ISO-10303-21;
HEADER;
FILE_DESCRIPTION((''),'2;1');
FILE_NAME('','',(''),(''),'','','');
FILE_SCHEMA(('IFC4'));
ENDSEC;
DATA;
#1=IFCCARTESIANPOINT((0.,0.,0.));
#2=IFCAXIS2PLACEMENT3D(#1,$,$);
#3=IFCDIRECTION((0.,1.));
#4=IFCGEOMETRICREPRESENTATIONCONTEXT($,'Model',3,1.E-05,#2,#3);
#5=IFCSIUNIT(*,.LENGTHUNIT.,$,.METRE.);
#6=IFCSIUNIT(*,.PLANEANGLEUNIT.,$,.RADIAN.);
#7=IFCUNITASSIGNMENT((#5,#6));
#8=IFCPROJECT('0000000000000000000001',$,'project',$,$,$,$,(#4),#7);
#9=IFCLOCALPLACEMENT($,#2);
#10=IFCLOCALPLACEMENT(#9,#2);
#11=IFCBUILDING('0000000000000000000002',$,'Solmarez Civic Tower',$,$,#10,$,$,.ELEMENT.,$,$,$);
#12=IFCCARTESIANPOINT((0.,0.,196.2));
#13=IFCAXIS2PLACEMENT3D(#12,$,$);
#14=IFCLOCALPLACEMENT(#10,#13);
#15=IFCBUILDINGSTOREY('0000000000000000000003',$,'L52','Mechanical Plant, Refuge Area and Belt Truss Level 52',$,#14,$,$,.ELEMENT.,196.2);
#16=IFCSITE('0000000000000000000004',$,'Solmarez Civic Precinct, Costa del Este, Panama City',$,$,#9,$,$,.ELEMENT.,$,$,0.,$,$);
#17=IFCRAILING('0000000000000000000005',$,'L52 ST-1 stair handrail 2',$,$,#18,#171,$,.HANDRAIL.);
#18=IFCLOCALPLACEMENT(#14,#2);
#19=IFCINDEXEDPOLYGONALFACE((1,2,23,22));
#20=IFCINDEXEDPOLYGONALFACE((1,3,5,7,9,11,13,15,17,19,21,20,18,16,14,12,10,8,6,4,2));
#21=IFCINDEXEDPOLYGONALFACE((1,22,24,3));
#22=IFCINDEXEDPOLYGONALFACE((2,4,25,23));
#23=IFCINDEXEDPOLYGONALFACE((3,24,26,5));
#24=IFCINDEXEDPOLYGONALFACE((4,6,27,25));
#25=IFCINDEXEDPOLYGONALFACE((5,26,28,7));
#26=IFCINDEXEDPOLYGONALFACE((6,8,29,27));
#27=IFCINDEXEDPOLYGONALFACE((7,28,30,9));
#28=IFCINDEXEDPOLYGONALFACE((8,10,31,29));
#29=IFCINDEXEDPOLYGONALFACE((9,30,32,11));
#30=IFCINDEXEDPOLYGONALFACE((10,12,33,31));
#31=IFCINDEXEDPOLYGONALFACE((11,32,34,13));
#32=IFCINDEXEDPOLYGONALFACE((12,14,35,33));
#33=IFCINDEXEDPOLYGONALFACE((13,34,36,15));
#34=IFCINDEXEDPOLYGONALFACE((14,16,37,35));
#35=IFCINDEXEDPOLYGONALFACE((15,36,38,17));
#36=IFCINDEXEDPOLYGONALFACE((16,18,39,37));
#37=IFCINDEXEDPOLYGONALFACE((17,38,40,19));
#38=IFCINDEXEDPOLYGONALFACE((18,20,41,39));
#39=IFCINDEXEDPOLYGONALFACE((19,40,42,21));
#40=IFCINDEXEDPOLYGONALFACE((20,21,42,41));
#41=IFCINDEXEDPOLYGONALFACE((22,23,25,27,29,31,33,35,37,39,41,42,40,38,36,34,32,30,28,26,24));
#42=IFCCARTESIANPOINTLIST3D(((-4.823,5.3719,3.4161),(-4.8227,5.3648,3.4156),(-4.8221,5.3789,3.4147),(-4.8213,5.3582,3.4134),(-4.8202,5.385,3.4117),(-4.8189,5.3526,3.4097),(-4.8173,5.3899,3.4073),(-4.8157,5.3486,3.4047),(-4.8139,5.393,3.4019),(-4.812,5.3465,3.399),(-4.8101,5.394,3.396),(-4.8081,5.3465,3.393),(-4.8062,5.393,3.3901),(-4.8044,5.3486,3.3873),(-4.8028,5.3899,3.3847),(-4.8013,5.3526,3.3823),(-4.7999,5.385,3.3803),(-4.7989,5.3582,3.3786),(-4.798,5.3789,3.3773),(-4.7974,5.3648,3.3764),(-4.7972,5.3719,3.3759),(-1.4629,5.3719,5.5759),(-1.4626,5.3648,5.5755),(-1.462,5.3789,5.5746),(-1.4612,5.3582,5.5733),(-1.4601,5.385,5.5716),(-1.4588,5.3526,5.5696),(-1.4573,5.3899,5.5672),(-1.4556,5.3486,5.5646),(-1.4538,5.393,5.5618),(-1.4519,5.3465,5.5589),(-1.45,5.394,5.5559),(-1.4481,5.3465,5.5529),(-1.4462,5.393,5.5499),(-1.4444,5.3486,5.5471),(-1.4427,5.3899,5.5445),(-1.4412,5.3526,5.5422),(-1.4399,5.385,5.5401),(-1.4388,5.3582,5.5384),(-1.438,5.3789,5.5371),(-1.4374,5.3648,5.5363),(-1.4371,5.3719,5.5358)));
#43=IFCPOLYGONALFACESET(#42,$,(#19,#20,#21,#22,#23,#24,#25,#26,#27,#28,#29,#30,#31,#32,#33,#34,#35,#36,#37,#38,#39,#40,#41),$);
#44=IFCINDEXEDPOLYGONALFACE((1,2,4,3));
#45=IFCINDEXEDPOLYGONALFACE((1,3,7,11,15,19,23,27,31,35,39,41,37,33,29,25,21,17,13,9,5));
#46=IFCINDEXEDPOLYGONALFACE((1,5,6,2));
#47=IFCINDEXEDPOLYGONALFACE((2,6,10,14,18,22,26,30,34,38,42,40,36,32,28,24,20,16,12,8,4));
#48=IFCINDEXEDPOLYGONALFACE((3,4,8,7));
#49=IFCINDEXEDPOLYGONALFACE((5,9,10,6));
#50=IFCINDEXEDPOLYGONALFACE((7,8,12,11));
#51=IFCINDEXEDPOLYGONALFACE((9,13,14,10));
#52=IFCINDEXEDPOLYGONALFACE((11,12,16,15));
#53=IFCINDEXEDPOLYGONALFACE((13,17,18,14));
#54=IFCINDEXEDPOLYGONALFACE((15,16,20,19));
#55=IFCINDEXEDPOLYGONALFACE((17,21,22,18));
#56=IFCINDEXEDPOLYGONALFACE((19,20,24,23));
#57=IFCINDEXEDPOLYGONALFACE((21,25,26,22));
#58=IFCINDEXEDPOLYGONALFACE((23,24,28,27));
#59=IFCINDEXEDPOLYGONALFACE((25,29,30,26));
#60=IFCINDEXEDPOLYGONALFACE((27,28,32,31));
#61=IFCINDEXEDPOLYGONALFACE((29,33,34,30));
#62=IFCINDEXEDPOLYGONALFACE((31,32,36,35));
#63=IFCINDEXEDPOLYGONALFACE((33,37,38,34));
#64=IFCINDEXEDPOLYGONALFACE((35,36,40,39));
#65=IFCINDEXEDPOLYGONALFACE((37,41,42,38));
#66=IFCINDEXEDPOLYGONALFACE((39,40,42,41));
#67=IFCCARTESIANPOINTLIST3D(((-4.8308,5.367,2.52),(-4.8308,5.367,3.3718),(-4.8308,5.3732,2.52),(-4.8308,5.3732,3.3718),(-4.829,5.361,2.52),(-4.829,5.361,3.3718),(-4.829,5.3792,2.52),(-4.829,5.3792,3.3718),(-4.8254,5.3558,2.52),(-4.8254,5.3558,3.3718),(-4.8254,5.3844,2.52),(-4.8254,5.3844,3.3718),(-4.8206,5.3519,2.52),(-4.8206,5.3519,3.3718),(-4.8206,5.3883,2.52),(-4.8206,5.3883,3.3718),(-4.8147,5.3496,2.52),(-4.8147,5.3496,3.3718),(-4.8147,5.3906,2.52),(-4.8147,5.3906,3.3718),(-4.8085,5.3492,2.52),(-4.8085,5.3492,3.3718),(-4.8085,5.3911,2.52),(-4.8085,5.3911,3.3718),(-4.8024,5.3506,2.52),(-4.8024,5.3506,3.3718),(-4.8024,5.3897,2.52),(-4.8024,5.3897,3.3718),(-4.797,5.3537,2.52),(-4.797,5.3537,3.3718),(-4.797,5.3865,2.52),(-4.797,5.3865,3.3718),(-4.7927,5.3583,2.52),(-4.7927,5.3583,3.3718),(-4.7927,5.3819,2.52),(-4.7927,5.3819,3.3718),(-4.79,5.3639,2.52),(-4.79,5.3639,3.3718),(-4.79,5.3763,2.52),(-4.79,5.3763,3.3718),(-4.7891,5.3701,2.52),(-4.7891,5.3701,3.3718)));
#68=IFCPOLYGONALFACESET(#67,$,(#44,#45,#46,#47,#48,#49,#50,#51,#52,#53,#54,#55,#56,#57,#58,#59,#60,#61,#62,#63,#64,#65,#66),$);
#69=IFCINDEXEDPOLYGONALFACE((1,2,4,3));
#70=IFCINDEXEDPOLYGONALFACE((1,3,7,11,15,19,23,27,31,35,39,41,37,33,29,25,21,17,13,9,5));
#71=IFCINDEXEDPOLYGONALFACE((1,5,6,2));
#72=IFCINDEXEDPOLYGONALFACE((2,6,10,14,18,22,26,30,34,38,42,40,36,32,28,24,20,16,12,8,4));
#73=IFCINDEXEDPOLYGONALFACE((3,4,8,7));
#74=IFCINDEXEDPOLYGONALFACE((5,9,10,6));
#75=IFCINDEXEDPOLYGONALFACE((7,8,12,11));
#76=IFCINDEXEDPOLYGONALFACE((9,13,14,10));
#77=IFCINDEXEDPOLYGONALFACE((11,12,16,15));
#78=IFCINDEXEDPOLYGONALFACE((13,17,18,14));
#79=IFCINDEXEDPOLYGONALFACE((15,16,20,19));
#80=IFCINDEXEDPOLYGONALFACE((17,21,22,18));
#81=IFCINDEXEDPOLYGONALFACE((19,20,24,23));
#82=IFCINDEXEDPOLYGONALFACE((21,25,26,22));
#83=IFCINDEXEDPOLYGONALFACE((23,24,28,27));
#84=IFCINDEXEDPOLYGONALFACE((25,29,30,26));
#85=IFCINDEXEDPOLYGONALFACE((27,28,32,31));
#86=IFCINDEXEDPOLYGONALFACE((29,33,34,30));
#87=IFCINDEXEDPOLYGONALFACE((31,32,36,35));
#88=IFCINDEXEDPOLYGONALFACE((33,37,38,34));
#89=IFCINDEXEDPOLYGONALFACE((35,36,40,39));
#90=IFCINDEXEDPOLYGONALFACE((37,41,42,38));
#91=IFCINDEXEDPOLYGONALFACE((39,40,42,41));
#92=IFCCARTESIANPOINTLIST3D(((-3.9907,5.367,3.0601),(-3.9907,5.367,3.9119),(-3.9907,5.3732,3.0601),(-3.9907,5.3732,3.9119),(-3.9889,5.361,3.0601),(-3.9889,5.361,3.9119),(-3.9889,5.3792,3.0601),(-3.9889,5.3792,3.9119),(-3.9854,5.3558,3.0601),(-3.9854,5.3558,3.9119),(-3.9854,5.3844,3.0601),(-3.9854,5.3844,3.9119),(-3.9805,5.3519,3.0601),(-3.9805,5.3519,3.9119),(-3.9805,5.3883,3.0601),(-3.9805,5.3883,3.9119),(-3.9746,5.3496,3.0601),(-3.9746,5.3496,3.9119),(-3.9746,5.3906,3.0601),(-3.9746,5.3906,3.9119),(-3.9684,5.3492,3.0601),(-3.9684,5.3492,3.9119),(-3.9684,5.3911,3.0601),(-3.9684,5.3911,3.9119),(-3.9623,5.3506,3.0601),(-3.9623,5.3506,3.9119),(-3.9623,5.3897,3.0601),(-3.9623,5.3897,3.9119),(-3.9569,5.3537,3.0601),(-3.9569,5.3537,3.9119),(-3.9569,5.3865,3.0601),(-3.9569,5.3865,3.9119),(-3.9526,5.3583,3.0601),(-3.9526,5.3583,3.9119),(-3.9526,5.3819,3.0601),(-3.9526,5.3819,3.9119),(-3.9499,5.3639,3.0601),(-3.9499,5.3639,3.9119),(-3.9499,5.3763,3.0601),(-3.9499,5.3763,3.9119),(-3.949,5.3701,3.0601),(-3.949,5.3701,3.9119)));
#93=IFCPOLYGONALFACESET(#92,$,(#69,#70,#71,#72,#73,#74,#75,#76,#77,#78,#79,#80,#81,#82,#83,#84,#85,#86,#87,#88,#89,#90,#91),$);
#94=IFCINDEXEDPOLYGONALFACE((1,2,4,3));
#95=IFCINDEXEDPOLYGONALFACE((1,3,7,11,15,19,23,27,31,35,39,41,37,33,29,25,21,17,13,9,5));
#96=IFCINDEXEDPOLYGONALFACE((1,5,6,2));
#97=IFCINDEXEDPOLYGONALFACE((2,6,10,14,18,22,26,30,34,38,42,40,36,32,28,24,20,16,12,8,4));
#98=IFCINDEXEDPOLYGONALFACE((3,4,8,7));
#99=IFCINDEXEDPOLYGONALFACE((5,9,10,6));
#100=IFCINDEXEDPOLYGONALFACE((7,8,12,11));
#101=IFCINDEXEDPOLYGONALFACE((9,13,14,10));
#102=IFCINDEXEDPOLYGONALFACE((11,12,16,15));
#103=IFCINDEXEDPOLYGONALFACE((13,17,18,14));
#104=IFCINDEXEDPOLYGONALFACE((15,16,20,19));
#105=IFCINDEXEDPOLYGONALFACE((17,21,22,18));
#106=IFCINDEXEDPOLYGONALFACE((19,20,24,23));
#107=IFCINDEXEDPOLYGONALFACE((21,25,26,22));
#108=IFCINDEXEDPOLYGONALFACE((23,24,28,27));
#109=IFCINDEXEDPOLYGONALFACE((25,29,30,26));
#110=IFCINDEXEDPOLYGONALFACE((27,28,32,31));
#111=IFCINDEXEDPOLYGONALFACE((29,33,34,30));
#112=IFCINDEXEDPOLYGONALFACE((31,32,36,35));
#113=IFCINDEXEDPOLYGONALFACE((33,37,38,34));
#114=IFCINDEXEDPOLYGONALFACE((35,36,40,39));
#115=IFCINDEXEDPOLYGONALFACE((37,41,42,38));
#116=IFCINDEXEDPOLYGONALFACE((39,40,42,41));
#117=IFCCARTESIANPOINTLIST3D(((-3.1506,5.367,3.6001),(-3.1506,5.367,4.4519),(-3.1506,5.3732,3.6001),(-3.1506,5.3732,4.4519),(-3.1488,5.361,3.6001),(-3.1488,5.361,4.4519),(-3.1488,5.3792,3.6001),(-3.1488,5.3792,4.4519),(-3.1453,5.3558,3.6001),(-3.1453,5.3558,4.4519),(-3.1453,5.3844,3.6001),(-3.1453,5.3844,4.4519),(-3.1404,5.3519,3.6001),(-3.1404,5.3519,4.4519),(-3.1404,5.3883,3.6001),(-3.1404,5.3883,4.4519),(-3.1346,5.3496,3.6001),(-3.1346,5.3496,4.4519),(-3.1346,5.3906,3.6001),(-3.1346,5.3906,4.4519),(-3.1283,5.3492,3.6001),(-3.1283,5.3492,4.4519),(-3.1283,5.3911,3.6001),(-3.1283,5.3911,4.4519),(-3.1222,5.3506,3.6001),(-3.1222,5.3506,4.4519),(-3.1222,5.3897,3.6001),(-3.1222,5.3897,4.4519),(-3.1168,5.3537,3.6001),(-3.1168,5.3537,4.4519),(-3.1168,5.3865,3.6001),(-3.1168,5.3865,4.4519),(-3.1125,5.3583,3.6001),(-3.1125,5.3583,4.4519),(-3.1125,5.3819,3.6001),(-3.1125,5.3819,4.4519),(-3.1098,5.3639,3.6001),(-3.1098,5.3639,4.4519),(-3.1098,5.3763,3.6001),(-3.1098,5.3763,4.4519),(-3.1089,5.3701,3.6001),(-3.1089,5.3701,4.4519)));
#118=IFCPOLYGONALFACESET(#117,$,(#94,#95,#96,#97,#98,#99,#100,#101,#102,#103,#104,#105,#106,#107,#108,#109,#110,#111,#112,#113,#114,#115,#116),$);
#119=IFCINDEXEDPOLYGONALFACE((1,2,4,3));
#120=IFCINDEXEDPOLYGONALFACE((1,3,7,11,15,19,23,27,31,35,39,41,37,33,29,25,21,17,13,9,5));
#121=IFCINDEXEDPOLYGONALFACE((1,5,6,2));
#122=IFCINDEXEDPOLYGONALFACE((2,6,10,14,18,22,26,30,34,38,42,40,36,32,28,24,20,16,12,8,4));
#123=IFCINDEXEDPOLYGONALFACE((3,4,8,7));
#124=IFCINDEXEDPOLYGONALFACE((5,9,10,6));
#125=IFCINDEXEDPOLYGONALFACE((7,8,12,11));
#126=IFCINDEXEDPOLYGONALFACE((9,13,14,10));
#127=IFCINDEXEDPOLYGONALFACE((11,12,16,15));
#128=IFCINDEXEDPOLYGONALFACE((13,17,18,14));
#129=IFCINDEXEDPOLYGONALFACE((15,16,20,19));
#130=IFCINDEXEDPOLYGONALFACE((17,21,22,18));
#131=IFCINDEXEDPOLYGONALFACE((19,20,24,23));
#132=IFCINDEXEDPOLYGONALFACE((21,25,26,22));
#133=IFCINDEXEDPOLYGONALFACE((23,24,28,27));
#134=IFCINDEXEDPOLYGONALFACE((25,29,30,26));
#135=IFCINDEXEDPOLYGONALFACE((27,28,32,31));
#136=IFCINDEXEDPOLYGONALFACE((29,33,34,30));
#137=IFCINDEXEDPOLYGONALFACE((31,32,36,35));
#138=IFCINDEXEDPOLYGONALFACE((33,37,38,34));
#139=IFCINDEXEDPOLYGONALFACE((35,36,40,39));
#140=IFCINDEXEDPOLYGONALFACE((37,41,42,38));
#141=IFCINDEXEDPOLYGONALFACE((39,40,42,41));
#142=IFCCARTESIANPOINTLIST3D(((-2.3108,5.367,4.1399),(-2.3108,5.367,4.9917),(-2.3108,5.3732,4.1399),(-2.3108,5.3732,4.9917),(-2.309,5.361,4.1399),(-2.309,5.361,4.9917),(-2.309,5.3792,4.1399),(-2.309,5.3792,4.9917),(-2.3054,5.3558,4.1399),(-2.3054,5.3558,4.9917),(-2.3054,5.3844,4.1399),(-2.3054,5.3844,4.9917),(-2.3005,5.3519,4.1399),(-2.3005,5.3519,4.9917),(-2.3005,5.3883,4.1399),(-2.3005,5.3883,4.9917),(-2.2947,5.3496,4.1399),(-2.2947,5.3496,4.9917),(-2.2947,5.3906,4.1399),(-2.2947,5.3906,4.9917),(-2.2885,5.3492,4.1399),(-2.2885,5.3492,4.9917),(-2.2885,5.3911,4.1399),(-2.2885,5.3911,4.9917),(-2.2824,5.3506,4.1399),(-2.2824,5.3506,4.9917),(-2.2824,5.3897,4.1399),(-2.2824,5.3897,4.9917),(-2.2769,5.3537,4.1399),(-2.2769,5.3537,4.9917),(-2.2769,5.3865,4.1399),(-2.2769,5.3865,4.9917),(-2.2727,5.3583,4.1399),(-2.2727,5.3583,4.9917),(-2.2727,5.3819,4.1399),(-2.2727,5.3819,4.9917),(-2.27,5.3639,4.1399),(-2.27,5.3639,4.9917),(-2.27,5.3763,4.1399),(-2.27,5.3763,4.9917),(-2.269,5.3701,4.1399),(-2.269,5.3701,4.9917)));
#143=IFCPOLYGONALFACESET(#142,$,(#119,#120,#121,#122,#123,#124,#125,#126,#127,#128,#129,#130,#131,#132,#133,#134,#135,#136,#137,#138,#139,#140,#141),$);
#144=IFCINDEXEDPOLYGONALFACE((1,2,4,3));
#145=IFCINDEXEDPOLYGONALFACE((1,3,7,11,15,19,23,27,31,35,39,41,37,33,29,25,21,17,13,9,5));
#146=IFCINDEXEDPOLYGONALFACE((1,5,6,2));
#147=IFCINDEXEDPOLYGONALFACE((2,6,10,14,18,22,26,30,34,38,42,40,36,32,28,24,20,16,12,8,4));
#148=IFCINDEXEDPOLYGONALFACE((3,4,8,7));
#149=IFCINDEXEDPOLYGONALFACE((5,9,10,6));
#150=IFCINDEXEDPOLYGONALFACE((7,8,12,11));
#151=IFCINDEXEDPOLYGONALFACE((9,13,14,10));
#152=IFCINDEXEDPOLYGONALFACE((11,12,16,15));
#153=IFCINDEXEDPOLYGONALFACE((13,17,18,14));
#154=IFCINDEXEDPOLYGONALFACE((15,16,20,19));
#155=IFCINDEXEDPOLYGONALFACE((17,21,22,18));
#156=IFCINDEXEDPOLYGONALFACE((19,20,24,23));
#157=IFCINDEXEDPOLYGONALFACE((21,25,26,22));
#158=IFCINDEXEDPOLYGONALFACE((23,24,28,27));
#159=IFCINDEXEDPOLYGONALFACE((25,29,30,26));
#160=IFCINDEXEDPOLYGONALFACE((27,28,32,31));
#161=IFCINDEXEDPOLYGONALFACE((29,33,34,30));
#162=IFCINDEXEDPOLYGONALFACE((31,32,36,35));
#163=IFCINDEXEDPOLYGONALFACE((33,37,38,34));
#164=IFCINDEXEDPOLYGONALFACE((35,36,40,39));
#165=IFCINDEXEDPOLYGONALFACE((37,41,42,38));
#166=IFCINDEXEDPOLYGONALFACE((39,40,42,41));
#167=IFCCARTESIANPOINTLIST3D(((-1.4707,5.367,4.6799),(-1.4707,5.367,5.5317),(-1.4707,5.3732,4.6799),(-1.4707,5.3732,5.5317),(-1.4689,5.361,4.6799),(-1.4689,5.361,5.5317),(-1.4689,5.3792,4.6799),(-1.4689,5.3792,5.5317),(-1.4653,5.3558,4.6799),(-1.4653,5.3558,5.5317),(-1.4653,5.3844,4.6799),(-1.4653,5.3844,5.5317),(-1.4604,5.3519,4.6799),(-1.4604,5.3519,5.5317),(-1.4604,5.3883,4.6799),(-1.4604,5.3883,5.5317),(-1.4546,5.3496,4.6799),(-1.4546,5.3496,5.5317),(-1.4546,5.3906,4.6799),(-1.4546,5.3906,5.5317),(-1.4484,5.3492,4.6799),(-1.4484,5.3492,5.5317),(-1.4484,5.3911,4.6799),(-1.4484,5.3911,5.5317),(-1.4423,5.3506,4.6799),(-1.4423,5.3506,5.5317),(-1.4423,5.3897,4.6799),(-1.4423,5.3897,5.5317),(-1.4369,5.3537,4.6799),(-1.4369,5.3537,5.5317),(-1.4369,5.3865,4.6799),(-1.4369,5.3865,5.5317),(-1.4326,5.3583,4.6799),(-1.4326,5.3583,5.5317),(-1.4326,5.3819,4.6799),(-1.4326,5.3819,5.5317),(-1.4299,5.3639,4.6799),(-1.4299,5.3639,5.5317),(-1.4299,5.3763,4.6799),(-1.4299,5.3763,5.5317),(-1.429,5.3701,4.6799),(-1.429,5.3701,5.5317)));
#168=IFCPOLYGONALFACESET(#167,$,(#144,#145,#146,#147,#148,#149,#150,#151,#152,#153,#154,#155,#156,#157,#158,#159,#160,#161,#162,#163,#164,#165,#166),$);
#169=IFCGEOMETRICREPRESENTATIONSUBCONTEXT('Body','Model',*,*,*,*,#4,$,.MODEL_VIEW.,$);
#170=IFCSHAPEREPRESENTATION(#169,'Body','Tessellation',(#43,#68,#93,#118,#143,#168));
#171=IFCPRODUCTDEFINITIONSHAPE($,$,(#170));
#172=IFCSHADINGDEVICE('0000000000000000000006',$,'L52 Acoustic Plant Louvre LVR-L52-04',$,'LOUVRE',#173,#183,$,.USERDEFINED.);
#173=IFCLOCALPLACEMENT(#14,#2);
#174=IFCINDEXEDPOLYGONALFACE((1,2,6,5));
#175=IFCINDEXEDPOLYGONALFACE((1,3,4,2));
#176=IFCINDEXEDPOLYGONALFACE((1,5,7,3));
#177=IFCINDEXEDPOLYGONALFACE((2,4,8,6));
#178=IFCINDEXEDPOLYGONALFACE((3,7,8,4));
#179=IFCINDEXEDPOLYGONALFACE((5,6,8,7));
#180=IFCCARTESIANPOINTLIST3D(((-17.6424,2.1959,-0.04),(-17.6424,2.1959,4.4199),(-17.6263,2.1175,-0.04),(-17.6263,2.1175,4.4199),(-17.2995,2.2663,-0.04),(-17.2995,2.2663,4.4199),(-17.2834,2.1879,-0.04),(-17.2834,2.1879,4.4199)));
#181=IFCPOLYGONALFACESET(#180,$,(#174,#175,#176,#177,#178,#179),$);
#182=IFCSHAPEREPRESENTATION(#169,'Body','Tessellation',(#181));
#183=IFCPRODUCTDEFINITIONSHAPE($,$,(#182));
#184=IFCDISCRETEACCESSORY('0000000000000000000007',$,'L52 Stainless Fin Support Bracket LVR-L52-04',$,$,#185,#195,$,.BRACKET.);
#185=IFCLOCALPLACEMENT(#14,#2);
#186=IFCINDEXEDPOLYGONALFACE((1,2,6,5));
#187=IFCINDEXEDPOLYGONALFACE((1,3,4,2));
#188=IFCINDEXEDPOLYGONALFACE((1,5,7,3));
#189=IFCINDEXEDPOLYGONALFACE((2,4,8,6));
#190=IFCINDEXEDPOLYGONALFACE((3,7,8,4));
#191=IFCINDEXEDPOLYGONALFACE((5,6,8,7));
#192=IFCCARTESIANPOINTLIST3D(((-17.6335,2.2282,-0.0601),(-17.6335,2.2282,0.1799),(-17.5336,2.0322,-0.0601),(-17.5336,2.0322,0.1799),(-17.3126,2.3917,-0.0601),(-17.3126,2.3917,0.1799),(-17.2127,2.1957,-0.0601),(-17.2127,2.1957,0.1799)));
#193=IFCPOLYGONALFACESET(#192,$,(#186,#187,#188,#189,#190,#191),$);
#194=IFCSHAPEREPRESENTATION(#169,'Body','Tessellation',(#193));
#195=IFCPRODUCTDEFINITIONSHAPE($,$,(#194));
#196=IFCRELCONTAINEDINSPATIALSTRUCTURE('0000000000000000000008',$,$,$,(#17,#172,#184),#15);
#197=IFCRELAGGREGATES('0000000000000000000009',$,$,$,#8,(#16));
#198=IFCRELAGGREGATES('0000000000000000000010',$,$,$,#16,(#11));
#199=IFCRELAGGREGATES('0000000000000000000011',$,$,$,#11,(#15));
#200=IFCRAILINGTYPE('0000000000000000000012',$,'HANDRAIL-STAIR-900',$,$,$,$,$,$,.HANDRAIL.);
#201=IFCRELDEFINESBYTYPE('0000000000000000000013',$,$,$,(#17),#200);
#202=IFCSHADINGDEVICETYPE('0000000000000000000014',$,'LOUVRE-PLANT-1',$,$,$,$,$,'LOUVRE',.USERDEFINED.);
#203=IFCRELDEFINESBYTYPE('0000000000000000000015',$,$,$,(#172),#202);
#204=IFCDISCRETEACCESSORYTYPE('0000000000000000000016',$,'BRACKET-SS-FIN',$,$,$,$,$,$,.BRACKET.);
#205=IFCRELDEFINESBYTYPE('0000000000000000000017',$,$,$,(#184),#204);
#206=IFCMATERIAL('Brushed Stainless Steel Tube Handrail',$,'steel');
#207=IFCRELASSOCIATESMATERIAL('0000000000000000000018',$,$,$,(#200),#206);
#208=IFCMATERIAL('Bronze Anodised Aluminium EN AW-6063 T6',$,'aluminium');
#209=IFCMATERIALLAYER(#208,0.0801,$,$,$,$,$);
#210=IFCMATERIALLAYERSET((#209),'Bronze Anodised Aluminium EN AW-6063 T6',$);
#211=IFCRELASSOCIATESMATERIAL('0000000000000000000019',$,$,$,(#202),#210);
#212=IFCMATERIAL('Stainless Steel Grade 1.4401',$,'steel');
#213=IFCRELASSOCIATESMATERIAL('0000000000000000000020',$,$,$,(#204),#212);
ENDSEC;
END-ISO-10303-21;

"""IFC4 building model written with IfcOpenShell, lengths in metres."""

from ifc_helpers import new_model, si_unit, direction, frame, origin, origin_2d, place, context, subcontext, project, spatial, rectangle, circle, extrude, material, layer, layer_set, type_object, element, save


model = new_model("IFC4")

# Units and contexts
model_context = context("Model", 3, precision=1e-05, world=origin(), true_north=direction((0.0, 1.0)))
body_context = subcontext(model_context, "Body", "Model", "MODEL_VIEW")
ifc_project = project(units=[si_unit("LENGTHUNIT", "METRE"), si_unit("PLANEANGLEUNIT", "RADIAN")], contexts=[model_context])

# Site, building, storey
site_placement = place(None, origin())
site = spatial("IfcSite", under=ifc_project, at=site_placement, Name="Solmarez Civic Precinct, Costa del Este, Panama City", CompositionType="ELEMENT", RefElevation=0.0)
building_placement = place(site_placement, origin())
building = spatial("IfcBuilding", under=site, at=building_placement, Name="Solmarez Civic Tower", CompositionType="ELEMENT")
storey_placement = place(building_placement, frame((0.0, 0.0, 196.2)))
storey = spatial("IfcBuildingStorey", under=building, at=storey_placement, Name="L52", Description="Mechanical Plant, Refuge Area and Belt Truss Level 52", CompositionType="ELEMENT", Elevation=196.2)

# Railing
ifc_material_1 = material(Name="Brushed Stainless Steel Tube Handrail", Category="steel")
railing_type = type_object("IfcRailingType", Name="HANDRAIL-STAIR-900", PredefinedType="HANDRAIL", material=ifc_material_1)
railing_placement = place(storey_placement, frame((-4.8101, 5.3701, 2.52)))
element("IfcRailing", 1, at=railing_placement, inside=storey, type_object=railing_type, Name="L52 ST-1 stair handrail 2", PredefinedType="HANDRAIL", context=body_context, shape_type="SweptSolid", body=[
    extrude(circle(Radius=0.0239, at=origin_2d()), frame((0.0, 0.0, 0.876), z_axis=(0.841196, 0.0, 0.54073), x_axis=(0.0, 1.0, 0.0)), (0.0, 0.0, 1.0), 3.9944),
    extrude(circle(Radius=0.021, at=origin_2d()), origin(), (0.0, 0.0, 1.0), 0.8518),
    extrude(circle(Radius=0.021, at=origin_2d()), frame((0.8401, 0.0, 0.54)), (0.0, 0.0, 1.0), 0.8518),
    extrude(circle(Radius=0.021, at=origin_2d()), frame((1.6802, 0.0, 1.0801)), (0.0, 0.0, 1.0), 0.8518),
    extrude(circle(Radius=0.021, at=origin_2d()), frame((2.52, 0.0, 1.6199)), (0.0, 0.0, 1.0), 0.8518),
    extrude(circle(Radius=0.021, at=origin_2d()), frame((3.3601, 0.0, 2.1599)), (0.0, 0.0, 1.0), 0.8518),
])

# Shading device
ifc_material_2 = material(Name="Bronze Anodised Aluminium EN AW-6063 T6", Category="aluminium")
ifc_layer_1 = layer(ifc_material_2, 0.0801)
ifc_layer_set_1 = layer_set([ifc_layer_1], Name="Bronze Anodised Aluminium EN AW-6063 T6")
shading_device_type = type_object("IfcShadingDeviceType", Name="LOUVRE-PLANT-1", ElementType="LOUVRE", PredefinedType="USERDEFINED", material=ifc_layer_set_1)
shading_device_placement = place(storey_placement, frame((-17.4629, 2.1919, -0.04), z_axis=(0.0, 0.0, 1.0), x_axis=(-0.979568, -0.201112, 0.0)))
element("IfcShadingDevice", 2, at=shading_device_placement, inside=storey, type_object=shading_device_type, Name="L52 Acoustic Plant Louvre LVR-L52-04", ObjectType="LOUVRE", PredefinedType="USERDEFINED", context=body_context, shape_type="SweptSolid", body=[
    extrude(rectangle(XDim=0.3501, YDim=0.0801, at=origin_2d()), origin(), (0.0, 0.0, 1.0), 4.46),
])

# Discrete accessory
ifc_material_3 = material(Name="Stainless Steel Grade 1.4401", Category="steel")
discrete_accessory_type = type_object("IfcDiscreteAccessoryType", Name="BRACKET-SS-FIN", PredefinedType="BRACKET", material=ifc_material_3)
discrete_accessory_placement = place(storey_placement, frame((-17.4231, 2.2119, -0.0601), z_axis=(0.0, 0.0, 1.0), x_axis=(-0.890994, -0.454015, 0.0)))
element("IfcDiscreteAccessory", 3, at=discrete_accessory_placement, inside=storey, type_object=discrete_accessory_type, Name="L52 Stainless Fin Support Bracket LVR-L52-04", PredefinedType="BRACKET", context=body_context, shape_type="SweptSolid", body=[
    extrude(rectangle(XDim=0.3601, YDim=0.22, at=origin_2d()), origin(), (0.0, 0.0, 1.0), 0.24),
])

save(model, "model.ifc")
